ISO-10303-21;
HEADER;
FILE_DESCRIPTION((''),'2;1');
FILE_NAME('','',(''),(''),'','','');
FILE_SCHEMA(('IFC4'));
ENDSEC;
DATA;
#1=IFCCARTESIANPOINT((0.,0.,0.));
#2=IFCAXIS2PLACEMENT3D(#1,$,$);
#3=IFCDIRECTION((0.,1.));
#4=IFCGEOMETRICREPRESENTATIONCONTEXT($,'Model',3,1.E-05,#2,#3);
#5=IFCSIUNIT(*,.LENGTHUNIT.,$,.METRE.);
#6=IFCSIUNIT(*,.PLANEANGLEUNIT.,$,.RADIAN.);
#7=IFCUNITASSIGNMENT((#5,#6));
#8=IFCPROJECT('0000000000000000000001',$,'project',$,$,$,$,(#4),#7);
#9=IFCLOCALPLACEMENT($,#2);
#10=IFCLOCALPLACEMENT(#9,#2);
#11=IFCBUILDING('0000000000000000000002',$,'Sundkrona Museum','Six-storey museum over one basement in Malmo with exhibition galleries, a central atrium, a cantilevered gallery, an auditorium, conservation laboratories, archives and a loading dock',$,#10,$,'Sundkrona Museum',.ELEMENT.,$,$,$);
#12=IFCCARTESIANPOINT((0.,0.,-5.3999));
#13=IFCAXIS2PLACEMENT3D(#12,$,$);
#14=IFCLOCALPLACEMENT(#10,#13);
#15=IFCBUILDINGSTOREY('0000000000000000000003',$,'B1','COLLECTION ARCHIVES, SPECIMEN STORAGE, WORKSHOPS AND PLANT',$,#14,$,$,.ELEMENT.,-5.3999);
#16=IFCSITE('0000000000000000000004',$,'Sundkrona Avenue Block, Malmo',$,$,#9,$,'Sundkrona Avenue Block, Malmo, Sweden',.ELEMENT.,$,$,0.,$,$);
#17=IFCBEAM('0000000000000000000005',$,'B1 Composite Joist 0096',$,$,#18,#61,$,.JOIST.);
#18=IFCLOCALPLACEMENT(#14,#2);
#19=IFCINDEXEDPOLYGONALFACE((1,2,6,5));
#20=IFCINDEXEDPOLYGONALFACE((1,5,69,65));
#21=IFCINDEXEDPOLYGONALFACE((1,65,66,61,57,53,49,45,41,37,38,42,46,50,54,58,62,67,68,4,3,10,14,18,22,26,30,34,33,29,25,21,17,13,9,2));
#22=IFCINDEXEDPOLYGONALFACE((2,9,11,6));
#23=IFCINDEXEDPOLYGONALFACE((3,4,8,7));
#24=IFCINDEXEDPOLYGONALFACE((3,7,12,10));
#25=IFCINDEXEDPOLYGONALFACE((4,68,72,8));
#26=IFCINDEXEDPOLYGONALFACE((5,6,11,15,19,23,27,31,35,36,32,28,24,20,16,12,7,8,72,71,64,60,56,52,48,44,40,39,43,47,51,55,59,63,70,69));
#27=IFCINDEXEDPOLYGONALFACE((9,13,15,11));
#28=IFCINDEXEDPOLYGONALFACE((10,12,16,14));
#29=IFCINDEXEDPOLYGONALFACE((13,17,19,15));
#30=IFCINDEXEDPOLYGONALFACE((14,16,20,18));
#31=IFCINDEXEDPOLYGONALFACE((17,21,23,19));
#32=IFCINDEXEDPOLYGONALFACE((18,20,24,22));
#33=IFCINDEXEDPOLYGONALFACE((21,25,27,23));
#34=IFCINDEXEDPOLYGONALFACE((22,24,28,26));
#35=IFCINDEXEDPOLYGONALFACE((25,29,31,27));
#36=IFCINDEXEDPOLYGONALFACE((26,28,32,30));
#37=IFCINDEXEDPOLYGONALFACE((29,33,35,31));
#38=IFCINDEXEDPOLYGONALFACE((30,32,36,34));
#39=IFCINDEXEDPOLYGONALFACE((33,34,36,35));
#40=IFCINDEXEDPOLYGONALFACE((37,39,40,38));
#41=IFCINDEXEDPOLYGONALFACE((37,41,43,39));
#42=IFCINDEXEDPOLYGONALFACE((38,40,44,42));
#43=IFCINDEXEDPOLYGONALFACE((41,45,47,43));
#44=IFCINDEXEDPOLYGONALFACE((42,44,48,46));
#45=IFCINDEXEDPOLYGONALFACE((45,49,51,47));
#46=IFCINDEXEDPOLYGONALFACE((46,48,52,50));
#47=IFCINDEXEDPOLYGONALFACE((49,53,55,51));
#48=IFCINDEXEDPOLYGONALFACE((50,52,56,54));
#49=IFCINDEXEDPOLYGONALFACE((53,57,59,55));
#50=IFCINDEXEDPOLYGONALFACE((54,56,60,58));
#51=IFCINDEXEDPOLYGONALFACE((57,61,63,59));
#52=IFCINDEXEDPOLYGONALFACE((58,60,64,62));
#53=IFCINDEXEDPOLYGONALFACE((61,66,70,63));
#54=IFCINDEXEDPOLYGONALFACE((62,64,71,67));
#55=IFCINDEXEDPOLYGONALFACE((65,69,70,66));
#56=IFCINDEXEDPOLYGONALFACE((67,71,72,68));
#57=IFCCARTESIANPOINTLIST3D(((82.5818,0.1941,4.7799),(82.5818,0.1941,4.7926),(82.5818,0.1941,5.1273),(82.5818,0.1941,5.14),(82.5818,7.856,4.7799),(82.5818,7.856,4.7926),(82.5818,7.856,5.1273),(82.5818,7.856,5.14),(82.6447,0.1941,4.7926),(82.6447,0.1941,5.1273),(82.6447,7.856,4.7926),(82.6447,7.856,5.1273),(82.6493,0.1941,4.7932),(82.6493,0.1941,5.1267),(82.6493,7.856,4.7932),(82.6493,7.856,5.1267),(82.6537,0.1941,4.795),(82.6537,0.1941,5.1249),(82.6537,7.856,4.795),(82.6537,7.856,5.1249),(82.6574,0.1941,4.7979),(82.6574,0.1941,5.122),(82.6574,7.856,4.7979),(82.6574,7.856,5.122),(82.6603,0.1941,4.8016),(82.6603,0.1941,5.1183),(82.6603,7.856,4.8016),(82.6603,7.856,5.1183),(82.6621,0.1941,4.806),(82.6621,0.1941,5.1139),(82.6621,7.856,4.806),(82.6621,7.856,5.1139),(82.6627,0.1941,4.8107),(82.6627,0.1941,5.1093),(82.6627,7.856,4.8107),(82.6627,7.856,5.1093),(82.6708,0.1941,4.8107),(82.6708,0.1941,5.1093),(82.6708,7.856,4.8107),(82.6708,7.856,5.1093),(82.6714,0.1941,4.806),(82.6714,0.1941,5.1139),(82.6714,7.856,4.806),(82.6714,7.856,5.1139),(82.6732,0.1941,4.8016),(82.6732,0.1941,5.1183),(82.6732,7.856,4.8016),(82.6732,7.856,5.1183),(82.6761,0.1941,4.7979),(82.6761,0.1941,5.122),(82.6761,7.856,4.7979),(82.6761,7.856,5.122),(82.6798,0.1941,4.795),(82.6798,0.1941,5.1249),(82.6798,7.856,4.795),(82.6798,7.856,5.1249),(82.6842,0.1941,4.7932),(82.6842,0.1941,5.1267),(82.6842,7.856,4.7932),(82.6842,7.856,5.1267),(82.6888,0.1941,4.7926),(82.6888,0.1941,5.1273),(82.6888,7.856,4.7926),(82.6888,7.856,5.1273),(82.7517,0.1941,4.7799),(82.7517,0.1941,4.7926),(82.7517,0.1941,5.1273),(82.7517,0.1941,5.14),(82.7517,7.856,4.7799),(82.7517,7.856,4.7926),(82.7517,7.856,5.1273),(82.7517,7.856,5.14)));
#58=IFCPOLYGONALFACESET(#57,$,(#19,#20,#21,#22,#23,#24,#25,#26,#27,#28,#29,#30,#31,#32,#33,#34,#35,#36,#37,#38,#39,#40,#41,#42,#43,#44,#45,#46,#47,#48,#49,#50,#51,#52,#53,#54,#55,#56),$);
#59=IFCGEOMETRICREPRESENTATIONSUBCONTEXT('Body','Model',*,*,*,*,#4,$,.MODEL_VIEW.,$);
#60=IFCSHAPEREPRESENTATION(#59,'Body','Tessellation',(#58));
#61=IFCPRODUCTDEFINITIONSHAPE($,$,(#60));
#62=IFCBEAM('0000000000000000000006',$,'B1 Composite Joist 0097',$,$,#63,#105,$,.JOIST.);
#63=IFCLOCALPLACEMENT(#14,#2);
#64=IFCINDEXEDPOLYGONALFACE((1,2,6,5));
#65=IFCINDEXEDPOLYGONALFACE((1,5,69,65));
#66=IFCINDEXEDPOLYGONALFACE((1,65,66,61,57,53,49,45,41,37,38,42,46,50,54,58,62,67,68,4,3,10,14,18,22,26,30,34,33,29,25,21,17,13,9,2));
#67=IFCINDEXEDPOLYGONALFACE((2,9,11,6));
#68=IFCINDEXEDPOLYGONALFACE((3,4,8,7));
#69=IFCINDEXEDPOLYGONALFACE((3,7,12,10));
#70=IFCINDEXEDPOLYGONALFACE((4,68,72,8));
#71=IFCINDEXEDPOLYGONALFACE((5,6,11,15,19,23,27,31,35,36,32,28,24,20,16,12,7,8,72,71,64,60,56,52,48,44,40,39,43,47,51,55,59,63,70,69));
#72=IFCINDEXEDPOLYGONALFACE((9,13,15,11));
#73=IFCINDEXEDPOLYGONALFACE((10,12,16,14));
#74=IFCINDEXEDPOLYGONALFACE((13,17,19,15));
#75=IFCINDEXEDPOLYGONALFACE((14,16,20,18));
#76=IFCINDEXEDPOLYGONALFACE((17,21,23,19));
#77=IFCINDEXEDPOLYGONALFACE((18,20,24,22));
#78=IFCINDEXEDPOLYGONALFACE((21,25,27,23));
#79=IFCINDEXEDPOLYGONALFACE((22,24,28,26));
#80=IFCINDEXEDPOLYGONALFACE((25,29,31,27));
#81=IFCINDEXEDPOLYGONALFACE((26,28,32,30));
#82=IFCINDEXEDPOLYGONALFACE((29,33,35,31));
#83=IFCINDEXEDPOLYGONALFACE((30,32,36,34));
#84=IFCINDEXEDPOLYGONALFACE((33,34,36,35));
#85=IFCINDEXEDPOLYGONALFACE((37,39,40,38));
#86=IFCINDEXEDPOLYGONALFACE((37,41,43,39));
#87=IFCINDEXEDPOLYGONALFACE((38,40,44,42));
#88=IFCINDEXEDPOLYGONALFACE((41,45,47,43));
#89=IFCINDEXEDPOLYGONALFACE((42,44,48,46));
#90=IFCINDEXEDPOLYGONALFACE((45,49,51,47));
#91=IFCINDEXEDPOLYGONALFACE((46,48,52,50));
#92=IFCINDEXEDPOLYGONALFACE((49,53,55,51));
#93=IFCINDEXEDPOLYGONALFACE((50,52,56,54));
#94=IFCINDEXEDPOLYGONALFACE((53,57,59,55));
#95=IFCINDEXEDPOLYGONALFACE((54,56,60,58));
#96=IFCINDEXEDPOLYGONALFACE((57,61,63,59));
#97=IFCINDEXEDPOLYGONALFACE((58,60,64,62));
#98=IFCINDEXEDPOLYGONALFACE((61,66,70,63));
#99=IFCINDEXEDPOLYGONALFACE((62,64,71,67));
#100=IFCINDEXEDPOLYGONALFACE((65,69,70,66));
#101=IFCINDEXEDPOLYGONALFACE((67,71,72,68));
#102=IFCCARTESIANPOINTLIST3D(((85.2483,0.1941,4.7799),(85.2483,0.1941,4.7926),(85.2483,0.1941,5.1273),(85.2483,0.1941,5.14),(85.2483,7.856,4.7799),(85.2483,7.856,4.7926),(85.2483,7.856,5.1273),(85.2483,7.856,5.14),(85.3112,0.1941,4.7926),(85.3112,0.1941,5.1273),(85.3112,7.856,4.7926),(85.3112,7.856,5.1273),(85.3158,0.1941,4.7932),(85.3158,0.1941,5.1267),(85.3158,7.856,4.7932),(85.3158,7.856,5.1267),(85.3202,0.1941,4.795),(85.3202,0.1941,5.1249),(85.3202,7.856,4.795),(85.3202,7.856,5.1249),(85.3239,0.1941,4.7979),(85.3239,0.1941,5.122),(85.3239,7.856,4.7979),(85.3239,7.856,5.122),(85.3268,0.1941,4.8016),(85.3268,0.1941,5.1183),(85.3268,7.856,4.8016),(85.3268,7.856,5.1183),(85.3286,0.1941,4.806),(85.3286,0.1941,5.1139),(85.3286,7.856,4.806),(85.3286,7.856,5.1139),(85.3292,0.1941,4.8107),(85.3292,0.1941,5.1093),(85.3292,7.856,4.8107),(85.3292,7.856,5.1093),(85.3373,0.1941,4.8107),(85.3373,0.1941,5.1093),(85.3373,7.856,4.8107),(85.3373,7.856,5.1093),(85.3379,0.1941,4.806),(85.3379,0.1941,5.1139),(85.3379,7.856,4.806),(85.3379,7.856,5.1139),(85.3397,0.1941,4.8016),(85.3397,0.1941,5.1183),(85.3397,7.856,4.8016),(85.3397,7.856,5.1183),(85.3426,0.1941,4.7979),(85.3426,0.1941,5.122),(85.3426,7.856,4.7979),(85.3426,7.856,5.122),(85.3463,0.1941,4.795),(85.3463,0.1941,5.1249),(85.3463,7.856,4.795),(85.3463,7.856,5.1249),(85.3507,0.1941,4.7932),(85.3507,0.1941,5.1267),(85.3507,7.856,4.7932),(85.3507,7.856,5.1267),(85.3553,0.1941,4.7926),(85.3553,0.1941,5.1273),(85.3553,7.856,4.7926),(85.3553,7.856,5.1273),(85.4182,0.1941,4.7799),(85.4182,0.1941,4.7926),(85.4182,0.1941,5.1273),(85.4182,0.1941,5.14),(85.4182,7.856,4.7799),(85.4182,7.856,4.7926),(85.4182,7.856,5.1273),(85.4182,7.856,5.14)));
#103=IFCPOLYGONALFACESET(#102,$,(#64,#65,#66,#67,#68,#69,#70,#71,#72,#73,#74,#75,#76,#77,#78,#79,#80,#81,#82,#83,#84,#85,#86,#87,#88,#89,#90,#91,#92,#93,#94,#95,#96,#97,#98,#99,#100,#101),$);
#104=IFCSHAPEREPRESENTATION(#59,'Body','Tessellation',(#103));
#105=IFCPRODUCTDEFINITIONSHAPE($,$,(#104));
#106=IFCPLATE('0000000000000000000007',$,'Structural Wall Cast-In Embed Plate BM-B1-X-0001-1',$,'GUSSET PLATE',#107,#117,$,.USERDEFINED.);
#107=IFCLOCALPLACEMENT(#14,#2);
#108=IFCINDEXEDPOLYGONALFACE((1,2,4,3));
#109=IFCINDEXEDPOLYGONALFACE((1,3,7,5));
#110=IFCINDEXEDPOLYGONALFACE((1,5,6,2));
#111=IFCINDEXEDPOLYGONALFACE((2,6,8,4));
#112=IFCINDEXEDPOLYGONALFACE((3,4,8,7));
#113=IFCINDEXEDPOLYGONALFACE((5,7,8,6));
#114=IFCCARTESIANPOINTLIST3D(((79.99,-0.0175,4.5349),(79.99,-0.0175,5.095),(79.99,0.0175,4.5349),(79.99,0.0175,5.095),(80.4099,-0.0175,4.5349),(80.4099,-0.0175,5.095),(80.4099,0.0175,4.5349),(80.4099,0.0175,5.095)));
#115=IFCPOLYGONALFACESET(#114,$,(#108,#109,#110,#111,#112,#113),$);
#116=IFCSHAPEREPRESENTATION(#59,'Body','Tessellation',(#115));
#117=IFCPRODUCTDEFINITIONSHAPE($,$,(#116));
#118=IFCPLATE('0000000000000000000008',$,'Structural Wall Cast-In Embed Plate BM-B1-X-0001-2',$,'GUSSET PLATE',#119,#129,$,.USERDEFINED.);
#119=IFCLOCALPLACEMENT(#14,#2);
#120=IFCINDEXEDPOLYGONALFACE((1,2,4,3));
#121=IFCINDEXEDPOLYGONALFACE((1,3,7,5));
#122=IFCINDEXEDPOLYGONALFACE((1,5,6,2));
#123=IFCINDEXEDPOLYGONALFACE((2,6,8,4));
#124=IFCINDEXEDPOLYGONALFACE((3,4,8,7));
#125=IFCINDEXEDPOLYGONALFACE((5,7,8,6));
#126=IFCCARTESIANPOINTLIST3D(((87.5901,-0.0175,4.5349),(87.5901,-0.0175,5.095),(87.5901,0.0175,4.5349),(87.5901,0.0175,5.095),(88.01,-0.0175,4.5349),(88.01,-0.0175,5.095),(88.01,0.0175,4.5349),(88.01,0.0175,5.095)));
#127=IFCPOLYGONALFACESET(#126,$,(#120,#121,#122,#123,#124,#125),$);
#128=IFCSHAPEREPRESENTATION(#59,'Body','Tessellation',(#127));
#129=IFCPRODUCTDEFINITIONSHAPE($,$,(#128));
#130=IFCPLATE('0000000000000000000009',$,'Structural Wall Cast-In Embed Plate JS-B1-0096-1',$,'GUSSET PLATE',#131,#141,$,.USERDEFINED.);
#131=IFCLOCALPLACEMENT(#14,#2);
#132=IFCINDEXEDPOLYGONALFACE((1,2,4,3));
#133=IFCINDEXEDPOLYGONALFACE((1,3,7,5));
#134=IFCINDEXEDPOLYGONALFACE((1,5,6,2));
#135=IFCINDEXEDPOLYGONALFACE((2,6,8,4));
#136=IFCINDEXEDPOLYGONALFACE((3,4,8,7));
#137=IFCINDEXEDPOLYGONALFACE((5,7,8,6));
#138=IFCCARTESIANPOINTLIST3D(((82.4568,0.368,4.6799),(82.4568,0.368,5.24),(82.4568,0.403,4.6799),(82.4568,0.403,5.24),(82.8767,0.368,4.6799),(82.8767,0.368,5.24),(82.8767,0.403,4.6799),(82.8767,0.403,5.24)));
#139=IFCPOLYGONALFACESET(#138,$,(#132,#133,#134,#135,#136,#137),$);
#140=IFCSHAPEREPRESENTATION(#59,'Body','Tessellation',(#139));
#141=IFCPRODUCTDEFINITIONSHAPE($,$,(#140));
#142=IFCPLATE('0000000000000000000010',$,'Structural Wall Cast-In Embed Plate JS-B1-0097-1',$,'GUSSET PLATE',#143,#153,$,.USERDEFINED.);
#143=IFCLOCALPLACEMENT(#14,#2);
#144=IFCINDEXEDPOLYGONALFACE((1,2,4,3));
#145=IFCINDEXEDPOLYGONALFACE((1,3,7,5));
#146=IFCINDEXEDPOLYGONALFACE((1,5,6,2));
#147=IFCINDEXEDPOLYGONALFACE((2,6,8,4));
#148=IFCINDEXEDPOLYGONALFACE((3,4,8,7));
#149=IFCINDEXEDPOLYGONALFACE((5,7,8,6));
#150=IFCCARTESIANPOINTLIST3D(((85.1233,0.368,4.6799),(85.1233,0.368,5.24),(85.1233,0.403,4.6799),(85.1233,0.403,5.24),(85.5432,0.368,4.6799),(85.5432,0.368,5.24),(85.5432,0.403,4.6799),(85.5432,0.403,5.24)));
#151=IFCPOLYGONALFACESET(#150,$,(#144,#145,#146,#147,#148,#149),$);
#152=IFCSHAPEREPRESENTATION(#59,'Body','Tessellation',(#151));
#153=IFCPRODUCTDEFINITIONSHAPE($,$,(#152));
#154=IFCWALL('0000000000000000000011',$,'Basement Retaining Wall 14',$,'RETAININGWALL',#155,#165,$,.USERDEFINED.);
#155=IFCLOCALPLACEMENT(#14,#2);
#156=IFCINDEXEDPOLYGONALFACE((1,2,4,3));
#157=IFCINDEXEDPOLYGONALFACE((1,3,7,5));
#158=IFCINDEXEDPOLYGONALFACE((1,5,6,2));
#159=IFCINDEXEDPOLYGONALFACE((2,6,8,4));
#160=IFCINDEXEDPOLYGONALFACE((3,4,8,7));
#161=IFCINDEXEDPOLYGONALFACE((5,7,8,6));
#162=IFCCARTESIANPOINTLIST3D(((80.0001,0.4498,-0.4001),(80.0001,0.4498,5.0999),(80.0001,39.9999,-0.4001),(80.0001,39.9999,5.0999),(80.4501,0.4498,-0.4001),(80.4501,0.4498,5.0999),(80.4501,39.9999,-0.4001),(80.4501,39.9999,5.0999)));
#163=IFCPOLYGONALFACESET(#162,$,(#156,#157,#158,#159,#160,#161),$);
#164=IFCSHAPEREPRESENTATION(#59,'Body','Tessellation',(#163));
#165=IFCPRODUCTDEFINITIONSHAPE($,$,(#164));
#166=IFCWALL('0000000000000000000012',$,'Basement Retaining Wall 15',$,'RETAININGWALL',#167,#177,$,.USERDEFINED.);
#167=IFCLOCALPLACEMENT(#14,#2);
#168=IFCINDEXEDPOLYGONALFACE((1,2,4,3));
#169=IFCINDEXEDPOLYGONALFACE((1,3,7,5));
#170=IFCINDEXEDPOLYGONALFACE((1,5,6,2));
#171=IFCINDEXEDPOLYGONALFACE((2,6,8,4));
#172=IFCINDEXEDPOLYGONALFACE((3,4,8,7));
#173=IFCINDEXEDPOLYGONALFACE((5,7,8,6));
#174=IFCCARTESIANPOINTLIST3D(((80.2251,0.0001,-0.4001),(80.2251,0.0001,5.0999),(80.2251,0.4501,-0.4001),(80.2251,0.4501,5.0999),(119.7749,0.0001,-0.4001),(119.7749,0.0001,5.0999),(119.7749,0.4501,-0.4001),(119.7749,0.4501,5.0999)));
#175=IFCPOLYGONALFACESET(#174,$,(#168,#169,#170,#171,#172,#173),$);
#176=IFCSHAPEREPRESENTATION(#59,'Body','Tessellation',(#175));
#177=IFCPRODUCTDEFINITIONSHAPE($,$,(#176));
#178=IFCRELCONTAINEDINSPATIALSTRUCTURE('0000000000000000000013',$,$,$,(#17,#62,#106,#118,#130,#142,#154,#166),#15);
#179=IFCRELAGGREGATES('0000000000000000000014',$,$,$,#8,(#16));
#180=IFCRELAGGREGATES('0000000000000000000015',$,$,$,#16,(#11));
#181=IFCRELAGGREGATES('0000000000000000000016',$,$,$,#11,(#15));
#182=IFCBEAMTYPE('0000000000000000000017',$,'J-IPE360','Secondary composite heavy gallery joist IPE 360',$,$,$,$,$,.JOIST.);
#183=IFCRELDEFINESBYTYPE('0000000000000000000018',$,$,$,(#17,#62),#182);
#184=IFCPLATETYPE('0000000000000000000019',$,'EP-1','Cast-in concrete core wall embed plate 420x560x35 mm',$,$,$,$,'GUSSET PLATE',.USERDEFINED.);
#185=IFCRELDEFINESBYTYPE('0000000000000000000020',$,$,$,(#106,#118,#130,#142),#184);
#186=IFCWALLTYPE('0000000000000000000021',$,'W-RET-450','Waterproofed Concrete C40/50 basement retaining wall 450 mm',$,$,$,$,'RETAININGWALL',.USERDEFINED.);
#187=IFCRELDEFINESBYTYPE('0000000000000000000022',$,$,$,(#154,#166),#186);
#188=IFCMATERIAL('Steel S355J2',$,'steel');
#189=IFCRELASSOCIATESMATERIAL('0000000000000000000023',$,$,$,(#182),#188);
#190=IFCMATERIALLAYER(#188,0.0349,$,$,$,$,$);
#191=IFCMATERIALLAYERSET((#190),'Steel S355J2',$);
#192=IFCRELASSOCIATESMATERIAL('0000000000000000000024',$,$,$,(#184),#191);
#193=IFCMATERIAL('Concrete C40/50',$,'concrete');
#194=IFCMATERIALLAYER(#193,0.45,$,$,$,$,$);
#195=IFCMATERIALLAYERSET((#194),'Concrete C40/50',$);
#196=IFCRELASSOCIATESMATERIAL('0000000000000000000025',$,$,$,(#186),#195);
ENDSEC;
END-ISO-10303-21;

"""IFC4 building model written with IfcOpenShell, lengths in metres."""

from ifc_helpers import new_model, si_unit, direction, frame, frame_2d, origin, origin_2d, place, context, subcontext, project, spatial, rectangle, i_section, extrude, material, layer, layer_set, material_profile, profile_set, type_object, element, save


model = new_model("IFC4")

# Units and contexts
model_context = context("Model", 3, precision=1e-05, world=origin(), true_north=direction((0.0, 1.0)))
body_context = subcontext(model_context, "Body", "Model", "MODEL_VIEW")
ifc_project = project(units=[si_unit("LENGTHUNIT", "METRE"), si_unit("PLANEANGLEUNIT", "RADIAN")], contexts=[model_context])

# Site, building, storey
site_placement = place(None, origin())
site = spatial("IfcSite", under=ifc_project, at=site_placement, Name="Sundkrona Avenue Block, Malmo", LongName="Sundkrona Avenue Block, Malmo, Sweden", CompositionType="ELEMENT", RefElevation=0.0)
building_placement = place(site_placement, origin())
building = spatial("IfcBuilding", under=site, at=building_placement, Name="Sundkrona Museum", Description="Six-storey museum over one basement in Malmo with exhibition galleries, a central atrium, a cantilevered gallery, an auditorium, conservation laboratories, archives and a loading dock", LongName="Sundkrona Museum", CompositionType="ELEMENT")
storey_placement = place(building_placement, frame((0.0, 0.0, -5.3999)))
storey = spatial("IfcBuildingStorey", under=building, at=storey_placement, Name="B1", Description="COLLECTION ARCHIVES, SPECIMEN STORAGE, WORKSHOPS AND PLANT", CompositionType="ELEMENT", Elevation=-5.3999)

# Shared definitions
ifc_material_1 = material(Name="Concrete C40/50", Category="concrete")

# Beams
ifc_material_2 = material(Name="Steel S355J2", Category="steel")
ifc_material_profile_1 = material_profile(ifc_material_2, i_section(OverallWidth=0.1699, OverallDepth=0.3601, WebThickness=0.0081, FlangeThickness=0.0127, FilletRadius=0.0181, at=origin_2d()), Name="IPE 360")
ifc_profile_set_1 = profile_set([ifc_material_profile_1], Name="Steel S355J2")
beam_type_1 = type_object("IfcBeamType", Name="J-IPE360", Description="Secondary composite heavy gallery joist IPE 360", PredefinedType="JOIST", material=ifc_profile_set_1)
for number, where, z_axis, x_axis, name in (
    (1, (82.6667, 0.1941, 4.96), (0.0, 1.0, 0.0), (-1.0, 0.0, 0.0), "B1 Composite Joist 0096"),
    (2, (85.3333, 0.1941, 4.96), (0.0, 1.0, 0.0), (-1.0, 0.0, 0.0), "B1 Composite Joist 0097"),
):
    element("IfcBeam", number, at=place(storey_placement, frame(where, z_axis=z_axis, x_axis=x_axis)), inside=storey, type_object=beam_type_1, Name=name, PredefinedType="JOIST", context=body_context, shape_type="SweptSolid", body=[
        extrude(i_section(OverallWidth=0.1699, OverallDepth=0.3601, WebThickness=0.0081, FlangeThickness=0.0127, FilletRadius=0.0181, at=origin_2d()), origin(), (0.0, 0.0, 1.0), 7.6619),
    ])

# Plates
ifc_layer_1 = layer(ifc_material_2, 0.0349)
ifc_layer_set_1 = layer_set([ifc_layer_1], Name="Steel S355J2")
plate_type = type_object("IfcPlateType", Name="EP-1", Description="Cast-in concrete core wall embed plate 420x560x35 mm", ElementType="GUSSET PLATE", PredefinedType="USERDEFINED", material=ifc_layer_set_1)
for number, where, z_axis, x_axis, name in (
    (3, (80.2, 0.0, 4.5349), (0.0, 0.0, 1.0), (1.0, 0.0, 0.0), "Structural Wall Cast-In Embed Plate BM-B1-X-0001-1"),
    (4, (87.8, 0.0, 4.5349), (0.0, 0.0, 1.0), (1.0, 0.0, 0.0), "Structural Wall Cast-In Embed Plate BM-B1-X-0001-2"),
    (5, (82.6667, 0.3855, 4.6799), (0.0, 0.0, 1.0), (1.0, 0.0, 0.0), "Structural Wall Cast-In Embed Plate JS-B1-0096-1"),
    (6, (85.3333, 0.3855, 4.6799), (0.0, 0.0, 1.0), (1.0, 0.0, 0.0), "Structural Wall Cast-In Embed Plate JS-B1-0097-1"),
):
    element("IfcPlate", number, at=place(storey_placement, frame(where, z_axis=z_axis, x_axis=x_axis)), inside=storey, type_object=plate_type, Name=name, ObjectType="GUSSET PLATE", PredefinedType="USERDEFINED", context=body_context, shape_type="SweptSolid", body=[
        extrude(rectangle(XDim=0.4199, YDim=0.0349, at=origin_2d()), origin(), (0.0, 0.0, 1.0), 0.5601),
    ])

# Walls
ifc_layer_2 = layer(ifc_material_1, 0.45)
ifc_layer_set_2 = layer_set([ifc_layer_2], Name="Concrete C40/50")
wall_type = type_object("IfcWallType", Name="W-RET-450", Description="Waterproofed Concrete C40/50 basement retaining wall 450 mm", ElementType="RETAININGWALL", PredefinedType="USERDEFINED", material=ifc_layer_set_2)
wall_1_placement = place(storey_placement, frame((80.2251, 0.45, -0.4001), z_axis=(0.0, 0.0, 1.0), x_axis=(0.0, 1.0, 0.0)))
element("IfcWall", 7, at=wall_1_placement, inside=storey, type_object=wall_type, Name="Basement Retaining Wall 14", ObjectType="RETAININGWALL", PredefinedType="USERDEFINED", context=body_context, shape_type="SweptSolid", body=[
    extrude(rectangle(XDim=39.55, YDim=0.45, at=frame_2d((19.7749, 0.0))), origin(), (0.0, 0.0, 1.0), 5.5),
])
wall_2_placement = place(storey_placement, frame((80.2251, 0.2251, -0.4001), z_axis=(0.0, 0.0, 1.0), x_axis=(1.0, 0.0, 0.0)))
element("IfcWall", 8, at=wall_2_placement, inside=storey, type_object=wall_type, Name="Basement Retaining Wall 15", ObjectType="RETAININGWALL", PredefinedType="USERDEFINED", context=body_context, shape_type="SweptSolid", body=[
    extrude(rectangle(XDim=39.5498, YDim=0.45, at=frame_2d((19.7749, 0.0))), origin(), (0.0, 0.0, 1.0), 5.5),
])

save(model, "model.ifc")
